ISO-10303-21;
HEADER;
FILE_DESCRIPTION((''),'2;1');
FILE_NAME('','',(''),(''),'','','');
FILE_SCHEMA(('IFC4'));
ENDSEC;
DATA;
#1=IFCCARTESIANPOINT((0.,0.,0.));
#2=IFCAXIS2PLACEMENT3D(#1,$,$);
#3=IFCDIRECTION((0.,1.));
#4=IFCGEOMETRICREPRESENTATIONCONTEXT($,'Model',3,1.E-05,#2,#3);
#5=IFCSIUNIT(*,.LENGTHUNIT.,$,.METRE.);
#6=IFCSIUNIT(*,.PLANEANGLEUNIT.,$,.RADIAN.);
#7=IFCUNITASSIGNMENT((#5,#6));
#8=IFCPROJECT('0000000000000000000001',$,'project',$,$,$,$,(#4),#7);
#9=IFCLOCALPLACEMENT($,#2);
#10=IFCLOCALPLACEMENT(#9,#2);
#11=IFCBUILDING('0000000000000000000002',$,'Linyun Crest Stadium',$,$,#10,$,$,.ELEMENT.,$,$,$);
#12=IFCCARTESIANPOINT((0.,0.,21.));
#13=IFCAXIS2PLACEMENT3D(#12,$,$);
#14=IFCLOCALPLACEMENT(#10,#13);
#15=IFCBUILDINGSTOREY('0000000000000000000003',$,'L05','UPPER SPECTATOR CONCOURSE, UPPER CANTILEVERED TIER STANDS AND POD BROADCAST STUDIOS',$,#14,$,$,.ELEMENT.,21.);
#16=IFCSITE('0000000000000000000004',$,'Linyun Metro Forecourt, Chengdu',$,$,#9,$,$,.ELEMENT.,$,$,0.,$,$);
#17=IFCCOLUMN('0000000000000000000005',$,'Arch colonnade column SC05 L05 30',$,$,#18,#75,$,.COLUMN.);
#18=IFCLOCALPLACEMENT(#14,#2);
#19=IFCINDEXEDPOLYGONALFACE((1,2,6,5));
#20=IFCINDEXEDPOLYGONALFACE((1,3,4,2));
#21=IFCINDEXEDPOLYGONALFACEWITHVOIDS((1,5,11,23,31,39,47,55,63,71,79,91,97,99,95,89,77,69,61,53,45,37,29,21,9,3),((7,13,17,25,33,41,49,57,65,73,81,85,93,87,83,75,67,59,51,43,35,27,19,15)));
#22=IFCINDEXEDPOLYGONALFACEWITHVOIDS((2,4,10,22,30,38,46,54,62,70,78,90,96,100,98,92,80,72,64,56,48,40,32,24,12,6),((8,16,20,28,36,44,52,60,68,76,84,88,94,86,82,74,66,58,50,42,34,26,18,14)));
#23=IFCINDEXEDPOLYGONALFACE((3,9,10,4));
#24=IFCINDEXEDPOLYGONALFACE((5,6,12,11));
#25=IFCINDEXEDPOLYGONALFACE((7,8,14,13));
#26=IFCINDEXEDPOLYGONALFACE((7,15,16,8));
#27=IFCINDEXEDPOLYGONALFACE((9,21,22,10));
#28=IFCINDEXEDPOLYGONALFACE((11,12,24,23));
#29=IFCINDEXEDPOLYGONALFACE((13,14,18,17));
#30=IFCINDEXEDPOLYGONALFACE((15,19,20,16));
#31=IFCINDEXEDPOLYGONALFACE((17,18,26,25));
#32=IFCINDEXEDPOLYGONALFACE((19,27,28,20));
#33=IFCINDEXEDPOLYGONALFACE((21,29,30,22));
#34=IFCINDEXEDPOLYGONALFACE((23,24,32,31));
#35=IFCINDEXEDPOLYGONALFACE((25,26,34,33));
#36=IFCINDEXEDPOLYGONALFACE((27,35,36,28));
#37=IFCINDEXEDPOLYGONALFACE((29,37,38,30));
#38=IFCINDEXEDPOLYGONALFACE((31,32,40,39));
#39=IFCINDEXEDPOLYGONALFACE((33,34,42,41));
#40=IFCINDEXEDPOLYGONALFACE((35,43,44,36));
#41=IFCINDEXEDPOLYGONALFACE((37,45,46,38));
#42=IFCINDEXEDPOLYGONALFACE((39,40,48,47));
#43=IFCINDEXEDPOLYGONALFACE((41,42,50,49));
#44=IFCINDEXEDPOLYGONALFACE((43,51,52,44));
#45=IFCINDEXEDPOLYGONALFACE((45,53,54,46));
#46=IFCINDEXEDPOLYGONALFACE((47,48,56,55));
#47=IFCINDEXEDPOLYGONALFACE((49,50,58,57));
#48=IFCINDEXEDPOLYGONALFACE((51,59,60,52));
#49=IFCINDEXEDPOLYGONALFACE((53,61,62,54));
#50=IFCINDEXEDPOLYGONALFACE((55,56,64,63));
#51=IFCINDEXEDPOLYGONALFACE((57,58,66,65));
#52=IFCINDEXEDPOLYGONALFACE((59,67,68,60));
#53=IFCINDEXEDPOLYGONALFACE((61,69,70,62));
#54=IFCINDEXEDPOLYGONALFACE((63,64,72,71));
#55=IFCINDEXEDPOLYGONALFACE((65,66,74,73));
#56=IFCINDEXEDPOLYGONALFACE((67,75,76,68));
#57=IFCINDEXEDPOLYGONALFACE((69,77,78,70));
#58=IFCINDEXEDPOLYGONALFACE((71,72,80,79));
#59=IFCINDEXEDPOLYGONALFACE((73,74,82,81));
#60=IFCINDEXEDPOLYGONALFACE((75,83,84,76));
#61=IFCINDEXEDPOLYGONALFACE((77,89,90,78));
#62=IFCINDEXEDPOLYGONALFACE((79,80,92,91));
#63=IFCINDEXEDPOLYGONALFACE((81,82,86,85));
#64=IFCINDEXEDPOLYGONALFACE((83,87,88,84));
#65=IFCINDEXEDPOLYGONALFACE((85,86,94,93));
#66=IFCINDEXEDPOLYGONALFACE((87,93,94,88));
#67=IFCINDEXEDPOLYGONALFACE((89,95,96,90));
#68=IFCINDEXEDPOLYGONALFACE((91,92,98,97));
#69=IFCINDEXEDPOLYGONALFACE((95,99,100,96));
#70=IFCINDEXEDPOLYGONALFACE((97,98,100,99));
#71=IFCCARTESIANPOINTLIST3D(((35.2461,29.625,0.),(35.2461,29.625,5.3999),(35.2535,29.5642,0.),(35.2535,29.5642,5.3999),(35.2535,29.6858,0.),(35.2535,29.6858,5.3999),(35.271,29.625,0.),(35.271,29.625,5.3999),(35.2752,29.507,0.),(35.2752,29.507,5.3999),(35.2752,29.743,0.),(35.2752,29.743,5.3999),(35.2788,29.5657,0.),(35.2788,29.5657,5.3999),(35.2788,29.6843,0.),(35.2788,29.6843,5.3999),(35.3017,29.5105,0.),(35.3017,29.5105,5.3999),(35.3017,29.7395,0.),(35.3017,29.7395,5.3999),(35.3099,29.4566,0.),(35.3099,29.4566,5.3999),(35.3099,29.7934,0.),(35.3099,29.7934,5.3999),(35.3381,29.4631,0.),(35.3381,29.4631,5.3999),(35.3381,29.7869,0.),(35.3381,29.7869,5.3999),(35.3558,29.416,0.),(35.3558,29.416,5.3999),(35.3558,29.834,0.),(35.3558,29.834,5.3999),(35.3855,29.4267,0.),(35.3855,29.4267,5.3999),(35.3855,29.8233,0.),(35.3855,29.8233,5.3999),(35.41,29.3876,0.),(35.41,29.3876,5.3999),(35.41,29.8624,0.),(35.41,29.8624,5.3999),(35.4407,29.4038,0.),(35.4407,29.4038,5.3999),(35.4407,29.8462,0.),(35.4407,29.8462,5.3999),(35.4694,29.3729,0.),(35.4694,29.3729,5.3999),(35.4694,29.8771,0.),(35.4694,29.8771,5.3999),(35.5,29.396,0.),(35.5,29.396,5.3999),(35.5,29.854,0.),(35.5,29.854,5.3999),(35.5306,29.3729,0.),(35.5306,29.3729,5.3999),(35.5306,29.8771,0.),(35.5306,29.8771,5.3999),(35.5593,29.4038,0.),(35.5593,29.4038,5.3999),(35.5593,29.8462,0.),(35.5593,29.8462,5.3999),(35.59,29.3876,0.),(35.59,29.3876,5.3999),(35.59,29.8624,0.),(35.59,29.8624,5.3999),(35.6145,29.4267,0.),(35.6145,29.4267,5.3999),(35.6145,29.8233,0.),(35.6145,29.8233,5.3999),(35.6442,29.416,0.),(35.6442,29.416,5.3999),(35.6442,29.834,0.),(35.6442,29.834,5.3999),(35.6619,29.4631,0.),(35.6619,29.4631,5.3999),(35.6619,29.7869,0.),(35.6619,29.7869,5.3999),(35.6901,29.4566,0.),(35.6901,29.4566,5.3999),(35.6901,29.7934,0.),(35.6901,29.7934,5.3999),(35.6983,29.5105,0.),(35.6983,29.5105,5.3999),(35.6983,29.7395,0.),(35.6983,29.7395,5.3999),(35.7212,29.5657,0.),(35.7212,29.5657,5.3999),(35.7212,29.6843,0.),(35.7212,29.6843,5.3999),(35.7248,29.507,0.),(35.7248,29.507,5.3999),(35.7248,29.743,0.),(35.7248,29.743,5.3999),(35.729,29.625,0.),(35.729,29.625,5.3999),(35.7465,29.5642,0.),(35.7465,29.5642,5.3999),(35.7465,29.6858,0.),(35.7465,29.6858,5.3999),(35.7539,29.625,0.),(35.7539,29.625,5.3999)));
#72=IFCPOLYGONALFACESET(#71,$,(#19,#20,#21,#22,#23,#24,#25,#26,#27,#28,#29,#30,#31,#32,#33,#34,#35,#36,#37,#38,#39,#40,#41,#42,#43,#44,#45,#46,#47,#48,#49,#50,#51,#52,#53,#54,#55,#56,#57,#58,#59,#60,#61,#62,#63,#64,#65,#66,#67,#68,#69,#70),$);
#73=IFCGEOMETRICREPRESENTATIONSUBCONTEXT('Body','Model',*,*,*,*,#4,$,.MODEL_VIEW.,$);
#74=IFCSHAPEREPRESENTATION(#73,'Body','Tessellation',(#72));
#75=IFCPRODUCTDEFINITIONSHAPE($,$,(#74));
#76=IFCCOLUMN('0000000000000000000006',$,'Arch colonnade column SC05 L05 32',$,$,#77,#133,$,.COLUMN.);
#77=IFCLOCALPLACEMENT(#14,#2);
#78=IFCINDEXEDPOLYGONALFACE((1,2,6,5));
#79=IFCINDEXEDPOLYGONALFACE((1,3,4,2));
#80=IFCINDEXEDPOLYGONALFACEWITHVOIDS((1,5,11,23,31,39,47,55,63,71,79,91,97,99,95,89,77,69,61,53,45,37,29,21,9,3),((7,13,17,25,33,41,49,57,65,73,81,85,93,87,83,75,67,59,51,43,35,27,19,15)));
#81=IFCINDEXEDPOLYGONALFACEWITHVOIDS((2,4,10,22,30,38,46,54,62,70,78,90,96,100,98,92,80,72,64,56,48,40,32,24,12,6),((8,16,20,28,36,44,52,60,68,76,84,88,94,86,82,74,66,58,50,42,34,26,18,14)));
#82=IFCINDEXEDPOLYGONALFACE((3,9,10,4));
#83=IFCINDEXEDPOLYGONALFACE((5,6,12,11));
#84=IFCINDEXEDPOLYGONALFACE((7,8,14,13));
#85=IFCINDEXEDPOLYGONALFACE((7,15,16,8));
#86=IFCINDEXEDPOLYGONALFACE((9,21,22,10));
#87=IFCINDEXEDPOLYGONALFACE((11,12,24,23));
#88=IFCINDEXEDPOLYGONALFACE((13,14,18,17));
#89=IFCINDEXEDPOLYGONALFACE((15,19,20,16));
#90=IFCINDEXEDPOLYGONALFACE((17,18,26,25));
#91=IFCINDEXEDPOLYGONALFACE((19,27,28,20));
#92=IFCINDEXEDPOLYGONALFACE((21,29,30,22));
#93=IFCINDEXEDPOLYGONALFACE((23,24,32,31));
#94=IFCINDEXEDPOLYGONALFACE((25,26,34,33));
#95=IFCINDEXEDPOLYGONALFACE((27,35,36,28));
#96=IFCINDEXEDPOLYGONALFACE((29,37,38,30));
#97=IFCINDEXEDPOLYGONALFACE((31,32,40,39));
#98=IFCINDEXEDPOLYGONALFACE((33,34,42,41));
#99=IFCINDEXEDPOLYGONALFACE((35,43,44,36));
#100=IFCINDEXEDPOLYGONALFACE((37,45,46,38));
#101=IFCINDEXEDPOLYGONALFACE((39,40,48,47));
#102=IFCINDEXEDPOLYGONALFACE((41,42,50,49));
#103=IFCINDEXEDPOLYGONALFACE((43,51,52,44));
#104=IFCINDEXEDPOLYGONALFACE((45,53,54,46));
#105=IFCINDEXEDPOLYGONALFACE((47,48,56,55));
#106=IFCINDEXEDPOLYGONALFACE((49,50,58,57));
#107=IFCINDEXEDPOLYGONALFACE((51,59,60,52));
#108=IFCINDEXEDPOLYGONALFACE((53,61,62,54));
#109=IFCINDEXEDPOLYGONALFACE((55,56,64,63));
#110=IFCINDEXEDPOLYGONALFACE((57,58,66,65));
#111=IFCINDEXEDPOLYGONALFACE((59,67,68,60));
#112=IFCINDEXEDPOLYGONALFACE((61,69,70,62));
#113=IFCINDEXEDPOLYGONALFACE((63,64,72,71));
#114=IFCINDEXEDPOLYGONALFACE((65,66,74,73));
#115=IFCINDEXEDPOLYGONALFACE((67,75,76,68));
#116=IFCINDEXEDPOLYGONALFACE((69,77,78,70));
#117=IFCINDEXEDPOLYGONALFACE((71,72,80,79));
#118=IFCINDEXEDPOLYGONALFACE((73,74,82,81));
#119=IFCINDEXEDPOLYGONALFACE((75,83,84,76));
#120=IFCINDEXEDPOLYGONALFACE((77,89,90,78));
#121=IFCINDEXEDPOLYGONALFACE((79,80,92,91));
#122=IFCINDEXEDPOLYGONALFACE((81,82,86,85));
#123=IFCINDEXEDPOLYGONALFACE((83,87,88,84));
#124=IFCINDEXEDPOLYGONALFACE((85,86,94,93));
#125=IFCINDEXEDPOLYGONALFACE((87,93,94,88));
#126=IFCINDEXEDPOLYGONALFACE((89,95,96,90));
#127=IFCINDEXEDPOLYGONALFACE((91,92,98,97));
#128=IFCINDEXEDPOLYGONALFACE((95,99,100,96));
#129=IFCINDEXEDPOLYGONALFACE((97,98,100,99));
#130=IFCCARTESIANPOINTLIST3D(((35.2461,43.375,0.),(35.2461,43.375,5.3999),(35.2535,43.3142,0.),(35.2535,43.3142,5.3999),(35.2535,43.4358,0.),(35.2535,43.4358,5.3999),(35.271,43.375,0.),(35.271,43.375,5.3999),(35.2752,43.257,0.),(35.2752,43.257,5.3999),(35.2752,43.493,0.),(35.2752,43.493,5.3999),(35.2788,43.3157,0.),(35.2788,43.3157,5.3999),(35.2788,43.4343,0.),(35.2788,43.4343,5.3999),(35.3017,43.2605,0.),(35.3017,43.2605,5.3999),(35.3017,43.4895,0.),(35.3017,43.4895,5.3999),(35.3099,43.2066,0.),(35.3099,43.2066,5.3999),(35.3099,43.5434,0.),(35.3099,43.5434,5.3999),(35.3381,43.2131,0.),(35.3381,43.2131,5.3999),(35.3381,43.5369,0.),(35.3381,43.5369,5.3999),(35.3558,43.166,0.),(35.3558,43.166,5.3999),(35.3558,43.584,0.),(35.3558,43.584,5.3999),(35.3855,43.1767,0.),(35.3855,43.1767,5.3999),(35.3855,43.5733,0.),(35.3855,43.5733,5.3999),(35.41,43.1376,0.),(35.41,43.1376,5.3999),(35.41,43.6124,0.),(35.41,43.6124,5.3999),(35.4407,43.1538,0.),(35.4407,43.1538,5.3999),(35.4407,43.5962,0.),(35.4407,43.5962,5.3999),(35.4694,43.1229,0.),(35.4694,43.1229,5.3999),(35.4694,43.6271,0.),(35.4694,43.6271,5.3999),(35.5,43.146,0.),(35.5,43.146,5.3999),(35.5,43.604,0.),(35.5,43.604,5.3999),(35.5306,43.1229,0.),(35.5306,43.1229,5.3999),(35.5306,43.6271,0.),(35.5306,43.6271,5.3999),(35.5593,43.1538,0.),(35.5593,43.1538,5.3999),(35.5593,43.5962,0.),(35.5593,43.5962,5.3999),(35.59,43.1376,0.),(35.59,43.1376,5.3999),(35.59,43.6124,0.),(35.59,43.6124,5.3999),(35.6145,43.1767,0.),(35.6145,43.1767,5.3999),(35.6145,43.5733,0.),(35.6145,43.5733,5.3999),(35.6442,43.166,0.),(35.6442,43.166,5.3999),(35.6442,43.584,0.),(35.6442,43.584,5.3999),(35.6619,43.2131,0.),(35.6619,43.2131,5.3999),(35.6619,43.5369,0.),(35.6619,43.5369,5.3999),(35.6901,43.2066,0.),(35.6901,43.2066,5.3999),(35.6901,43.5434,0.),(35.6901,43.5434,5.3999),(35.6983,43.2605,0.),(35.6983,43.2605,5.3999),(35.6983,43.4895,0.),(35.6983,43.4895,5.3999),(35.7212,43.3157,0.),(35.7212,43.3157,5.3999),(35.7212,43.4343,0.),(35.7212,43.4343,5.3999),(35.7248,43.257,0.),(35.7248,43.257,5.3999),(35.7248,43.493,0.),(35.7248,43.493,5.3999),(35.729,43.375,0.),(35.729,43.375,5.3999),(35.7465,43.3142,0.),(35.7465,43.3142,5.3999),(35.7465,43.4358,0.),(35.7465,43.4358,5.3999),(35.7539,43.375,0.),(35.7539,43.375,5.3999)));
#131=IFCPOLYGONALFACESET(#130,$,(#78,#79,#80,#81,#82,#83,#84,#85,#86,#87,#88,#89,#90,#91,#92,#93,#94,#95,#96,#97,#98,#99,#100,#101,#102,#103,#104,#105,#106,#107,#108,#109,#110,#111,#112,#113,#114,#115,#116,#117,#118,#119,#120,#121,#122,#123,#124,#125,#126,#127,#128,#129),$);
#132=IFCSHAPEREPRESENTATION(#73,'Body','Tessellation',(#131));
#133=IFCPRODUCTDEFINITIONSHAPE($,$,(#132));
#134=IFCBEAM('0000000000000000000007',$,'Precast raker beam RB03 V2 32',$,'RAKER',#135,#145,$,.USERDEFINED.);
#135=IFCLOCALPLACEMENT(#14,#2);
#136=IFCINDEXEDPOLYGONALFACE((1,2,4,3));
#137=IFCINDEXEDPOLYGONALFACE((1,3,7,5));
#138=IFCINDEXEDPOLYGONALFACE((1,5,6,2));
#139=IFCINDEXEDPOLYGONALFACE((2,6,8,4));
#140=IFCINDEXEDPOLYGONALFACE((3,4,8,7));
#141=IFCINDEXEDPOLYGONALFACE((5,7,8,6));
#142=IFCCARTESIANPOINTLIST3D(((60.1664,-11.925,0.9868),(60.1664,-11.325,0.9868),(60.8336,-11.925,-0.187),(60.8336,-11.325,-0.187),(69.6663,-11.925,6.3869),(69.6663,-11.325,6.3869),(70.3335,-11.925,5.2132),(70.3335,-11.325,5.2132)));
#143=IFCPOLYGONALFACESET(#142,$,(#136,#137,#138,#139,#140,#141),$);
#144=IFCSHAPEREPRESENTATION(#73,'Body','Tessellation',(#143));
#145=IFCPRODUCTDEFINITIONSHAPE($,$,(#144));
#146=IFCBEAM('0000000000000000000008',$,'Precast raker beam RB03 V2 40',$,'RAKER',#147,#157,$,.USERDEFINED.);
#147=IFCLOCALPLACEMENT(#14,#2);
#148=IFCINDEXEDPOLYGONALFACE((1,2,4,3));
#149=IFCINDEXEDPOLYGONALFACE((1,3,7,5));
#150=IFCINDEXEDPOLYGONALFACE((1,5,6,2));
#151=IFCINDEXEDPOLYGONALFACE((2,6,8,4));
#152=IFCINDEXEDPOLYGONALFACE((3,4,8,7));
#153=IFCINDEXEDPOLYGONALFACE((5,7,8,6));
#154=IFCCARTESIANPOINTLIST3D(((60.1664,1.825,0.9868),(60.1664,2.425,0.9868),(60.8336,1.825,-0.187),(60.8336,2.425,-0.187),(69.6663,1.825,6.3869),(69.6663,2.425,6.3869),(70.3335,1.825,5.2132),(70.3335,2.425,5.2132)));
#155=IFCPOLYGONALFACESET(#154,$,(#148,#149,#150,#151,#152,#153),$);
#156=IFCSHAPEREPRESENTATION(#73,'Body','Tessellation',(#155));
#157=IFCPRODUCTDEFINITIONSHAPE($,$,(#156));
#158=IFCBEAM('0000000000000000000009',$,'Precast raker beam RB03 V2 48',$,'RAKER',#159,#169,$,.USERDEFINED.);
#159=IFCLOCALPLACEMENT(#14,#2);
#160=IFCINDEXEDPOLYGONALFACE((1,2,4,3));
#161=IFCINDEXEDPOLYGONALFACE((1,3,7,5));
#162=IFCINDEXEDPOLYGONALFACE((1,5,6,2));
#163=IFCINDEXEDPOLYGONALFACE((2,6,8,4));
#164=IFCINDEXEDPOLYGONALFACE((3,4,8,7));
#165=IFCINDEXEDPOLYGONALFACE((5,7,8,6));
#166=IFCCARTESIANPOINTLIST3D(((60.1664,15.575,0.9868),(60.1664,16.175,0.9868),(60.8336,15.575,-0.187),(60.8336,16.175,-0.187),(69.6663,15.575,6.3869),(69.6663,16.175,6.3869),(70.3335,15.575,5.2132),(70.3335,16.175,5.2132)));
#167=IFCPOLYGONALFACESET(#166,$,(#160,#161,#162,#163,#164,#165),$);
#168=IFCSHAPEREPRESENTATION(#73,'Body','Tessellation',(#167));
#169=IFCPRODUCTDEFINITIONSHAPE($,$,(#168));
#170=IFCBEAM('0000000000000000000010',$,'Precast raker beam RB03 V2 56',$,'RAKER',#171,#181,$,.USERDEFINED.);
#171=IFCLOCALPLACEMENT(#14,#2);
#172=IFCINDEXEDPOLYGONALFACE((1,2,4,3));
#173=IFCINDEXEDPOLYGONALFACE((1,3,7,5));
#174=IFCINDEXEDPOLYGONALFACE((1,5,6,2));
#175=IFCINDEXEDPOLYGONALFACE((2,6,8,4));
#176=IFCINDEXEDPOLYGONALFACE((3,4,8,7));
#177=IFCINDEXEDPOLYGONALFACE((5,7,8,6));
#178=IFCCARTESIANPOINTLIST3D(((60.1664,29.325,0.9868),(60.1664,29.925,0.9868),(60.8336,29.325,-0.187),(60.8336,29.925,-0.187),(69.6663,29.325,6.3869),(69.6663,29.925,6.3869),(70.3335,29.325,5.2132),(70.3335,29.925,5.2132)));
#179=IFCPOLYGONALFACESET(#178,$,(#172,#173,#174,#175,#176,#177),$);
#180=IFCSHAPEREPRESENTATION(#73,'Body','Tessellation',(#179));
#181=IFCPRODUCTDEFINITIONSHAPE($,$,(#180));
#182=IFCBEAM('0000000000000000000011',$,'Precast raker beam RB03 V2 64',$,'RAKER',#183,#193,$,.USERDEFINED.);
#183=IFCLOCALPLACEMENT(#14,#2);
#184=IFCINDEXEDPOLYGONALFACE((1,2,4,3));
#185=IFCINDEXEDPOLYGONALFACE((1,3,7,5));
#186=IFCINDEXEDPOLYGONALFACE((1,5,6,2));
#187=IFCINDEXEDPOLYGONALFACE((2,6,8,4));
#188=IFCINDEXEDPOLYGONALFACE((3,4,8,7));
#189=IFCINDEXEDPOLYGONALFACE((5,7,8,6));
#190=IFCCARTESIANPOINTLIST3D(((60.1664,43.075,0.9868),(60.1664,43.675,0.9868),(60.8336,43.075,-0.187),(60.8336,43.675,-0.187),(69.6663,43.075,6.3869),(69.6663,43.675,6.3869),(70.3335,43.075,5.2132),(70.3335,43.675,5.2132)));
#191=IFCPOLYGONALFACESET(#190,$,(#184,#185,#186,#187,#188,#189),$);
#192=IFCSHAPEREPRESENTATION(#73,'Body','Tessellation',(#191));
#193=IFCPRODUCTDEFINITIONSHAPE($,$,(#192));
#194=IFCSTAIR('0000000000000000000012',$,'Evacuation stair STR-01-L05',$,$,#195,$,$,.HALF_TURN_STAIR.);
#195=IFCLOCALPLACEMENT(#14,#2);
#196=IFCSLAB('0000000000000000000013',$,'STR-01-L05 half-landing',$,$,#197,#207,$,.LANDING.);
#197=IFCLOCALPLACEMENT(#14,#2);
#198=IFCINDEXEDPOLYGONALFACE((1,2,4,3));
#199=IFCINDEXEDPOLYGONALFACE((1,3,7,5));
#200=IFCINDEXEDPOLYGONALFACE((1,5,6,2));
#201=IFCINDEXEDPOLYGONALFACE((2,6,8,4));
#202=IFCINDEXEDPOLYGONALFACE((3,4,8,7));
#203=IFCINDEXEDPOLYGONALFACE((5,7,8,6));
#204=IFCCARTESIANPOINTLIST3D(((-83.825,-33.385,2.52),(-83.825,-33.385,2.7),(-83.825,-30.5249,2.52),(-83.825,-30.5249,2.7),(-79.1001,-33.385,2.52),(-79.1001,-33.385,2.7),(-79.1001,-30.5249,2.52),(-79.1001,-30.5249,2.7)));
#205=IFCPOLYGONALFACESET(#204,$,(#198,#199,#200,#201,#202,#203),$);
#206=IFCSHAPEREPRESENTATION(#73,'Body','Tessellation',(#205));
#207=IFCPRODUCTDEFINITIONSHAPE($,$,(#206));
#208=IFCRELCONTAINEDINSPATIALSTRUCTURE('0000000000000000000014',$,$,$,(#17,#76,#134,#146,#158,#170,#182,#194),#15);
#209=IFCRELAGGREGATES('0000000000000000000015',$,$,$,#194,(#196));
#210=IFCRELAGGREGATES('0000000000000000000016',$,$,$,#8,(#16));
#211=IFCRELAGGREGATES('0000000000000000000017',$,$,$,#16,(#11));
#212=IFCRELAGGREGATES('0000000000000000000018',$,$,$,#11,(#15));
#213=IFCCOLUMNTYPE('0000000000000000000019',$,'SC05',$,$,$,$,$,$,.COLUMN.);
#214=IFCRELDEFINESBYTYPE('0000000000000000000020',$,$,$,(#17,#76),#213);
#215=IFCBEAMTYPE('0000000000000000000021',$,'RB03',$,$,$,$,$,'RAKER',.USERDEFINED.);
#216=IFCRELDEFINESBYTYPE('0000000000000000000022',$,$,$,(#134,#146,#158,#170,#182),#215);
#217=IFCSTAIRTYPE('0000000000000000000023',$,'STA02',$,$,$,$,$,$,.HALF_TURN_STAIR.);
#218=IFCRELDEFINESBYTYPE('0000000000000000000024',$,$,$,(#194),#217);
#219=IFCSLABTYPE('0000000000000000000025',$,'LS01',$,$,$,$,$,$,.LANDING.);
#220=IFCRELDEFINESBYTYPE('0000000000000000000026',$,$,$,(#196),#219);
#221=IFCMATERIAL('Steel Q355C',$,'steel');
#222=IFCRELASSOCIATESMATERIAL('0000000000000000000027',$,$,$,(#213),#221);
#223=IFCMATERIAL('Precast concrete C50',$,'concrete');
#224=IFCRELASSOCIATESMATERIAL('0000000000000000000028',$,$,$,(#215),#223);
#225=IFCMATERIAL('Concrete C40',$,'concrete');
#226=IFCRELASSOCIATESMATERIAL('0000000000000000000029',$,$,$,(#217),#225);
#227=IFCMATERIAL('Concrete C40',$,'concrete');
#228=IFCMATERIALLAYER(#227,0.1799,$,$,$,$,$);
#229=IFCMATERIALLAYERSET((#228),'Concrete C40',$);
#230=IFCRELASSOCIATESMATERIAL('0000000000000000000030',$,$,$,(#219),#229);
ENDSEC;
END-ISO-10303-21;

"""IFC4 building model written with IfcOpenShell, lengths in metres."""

from ifc_helpers import new_model, si_unit, direction, frame, origin, origin_2d, place, context, subcontext, project, spatial, polyline, rectangle, hollow_circle, outline, extrude, material, layer, layer_set, material_profile, profile_set, type_object, element, aggregate, save


model = new_model("IFC4")

# Units and contexts
model_context = context("Model", 3, precision=1e-05, world=origin(), true_north=direction((0.0, 1.0)))
body_context = subcontext(model_context, "Body", "Model", "MODEL_VIEW")
ifc_project = project(units=[si_unit("LENGTHUNIT", "METRE"), si_unit("PLANEANGLEUNIT", "RADIAN")], contexts=[model_context])

# Site, building, storey
site_placement = place(None, origin())
site = spatial("IfcSite", under=ifc_project, at=site_placement, Name="Linyun Metro Forecourt, Chengdu", CompositionType="ELEMENT", RefElevation=0.0)
building_placement = place(site_placement, origin())
building = spatial("IfcBuilding", under=site, at=building_placement, Name="Linyun Crest Stadium", CompositionType="ELEMENT")
storey_placement = place(building_placement, frame((0.0, 0.0, 21.0)))
storey = spatial("IfcBuildingStorey", under=building, at=storey_placement, Name="L05", Description="UPPER SPECTATOR CONCOURSE, UPPER CANTILEVERED TIER STANDS AND POD BROADCAST STUDIOS", CompositionType="ELEMENT", Elevation=21.0)

# Columns
ifc_material_1 = material(Name="Steel Q355C", Category="steel")
ifc_material_profile_1 = material_profile(ifc_material_1, hollow_circle(Radius=0.2539, WallThickness=0.0249, at=origin_2d()), Name="CHS 508x25")
ifc_profile_set_1 = profile_set([ifc_material_profile_1], Name="Steel Q355C")
column_type = type_object("IfcColumnType", Name="SC05", PredefinedType="COLUMN", material=ifc_profile_set_1)
for number, where, z_axis, x_axis, name in (
    (1, (35.5, 29.625, 0.0), (0.0, 0.0, 1.0), (1.0, 0.0, 0.0), "Arch colonnade column SC05 L05 30"),
    (2, (35.5, 43.375, 0.0), (0.0, 0.0, 1.0), (1.0, 0.0, 0.0), "Arch colonnade column SC05 L05 32"),
):
    element("IfcColumn", number, at=place(storey_placement, frame(where, z_axis=z_axis, x_axis=x_axis)), inside=storey, type_object=column_type, Name=name, PredefinedType="COLUMN", context=body_context, shape_type="SweptSolid", body=[
        extrude(hollow_circle(Radius=0.2539, WallThickness=0.0249, at=origin_2d()), origin(), (0.0, 0.0, 1.0), 5.3999),
    ])

# Beams
ifc_material_2 = material(Name="Precast concrete C50", Category="concrete")
ifc_material_profile_2 = material_profile(ifc_material_2, rectangle(XDim=0.6001, YDim=1.3501, at=origin_2d()), Name="PCR 1350x600")
ifc_profile_set_2 = profile_set([ifc_material_profile_2], Name="Precast concrete C50")
beam_type = type_object("IfcBeamType", Name="RB03", ElementType="RAKER", PredefinedType="USERDEFINED", material=ifc_profile_set_2)
for number, where, z_axis, x_axis, name in (
    (3, (60.5, -11.625, 0.3999), (0.869361, 0.0, 0.494177), (0.0, 1.0, 0.0), "Precast raker beam RB03 V2 32"),
    (4, (60.5, 2.125, 0.3999), (0.869361, 0.0, 0.494177), (0.0, 1.0, 0.0), "Precast raker beam RB03 V2 40"),
    (5, (60.5, 15.875, 0.3999), (0.869361, 0.0, 0.494177), (0.0, 1.0, 0.0), "Precast raker beam RB03 V2 48"),
    (6, (60.5, 29.625, 0.3999), (0.869361, 0.0, 0.494177), (0.0, 1.0, 0.0), "Precast raker beam RB03 V2 56"),
    (7, (60.5, 43.375, 0.3999), (0.869361, 0.0, 0.494177), (0.0, 1.0, 0.0), "Precast raker beam RB03 V2 64"),
):
    element("IfcBeam", number, at=place(storey_placement, frame(where, z_axis=z_axis, x_axis=x_axis)), inside=storey, type_object=beam_type, Name=name, ObjectType="RAKER", PredefinedType="USERDEFINED", context=body_context, shape_type="SweptSolid", body=[
        extrude(rectangle(XDim=0.6001, YDim=1.3501, at=origin_2d()), origin(), (0.0, 0.0, 1.0), 10.9275),
    ])

# Stair, slab
ifc_material_3 = material(Name="Concrete C40", Category="concrete")
stair_type = type_object("IfcStairType", Name="STA02", PredefinedType="HALF_TURN_STAIR", material=ifc_material_3)
stair_1_placement = place(storey_placement, origin())
stair_1 = element("IfcStair", 8, at=stair_1_placement, inside=storey, type_object=stair_type, Name="Evacuation stair STR-01-L05", PredefinedType="HALF_TURN_STAIR")
ifc_material_4 = material(Name="Concrete C40", Category="concrete")
ifc_layer_1 = layer(ifc_material_4, 0.1799)
ifc_layer_set_1 = layer_set([ifc_layer_1], Name="Concrete C40")
slab_type_1 = type_object("IfcSlabType", Name="LS01", PredefinedType="LANDING", material=ifc_layer_set_1)
slab_1_placement = place(storey_placement, frame((0.0, 0.0, 2.52)))
slab_1 = element("IfcSlab", 9, at=slab_1_placement, type_object=slab_type_1, Name="STR-01-L05 half-landing", PredefinedType="LANDING", context=body_context, shape_type="SweptSolid", body=[
    extrude(outline(polyline([(-83.825, -33.385), (-79.1001, -33.385), (-79.1001, -30.5249), (-83.825, -30.5249), (-83.825, -33.385)])), origin(), (0.0, 0.0, 1.0), 0.1799),
])
aggregate(stair_1, [slab_1])

save(model, "model.ifc")
